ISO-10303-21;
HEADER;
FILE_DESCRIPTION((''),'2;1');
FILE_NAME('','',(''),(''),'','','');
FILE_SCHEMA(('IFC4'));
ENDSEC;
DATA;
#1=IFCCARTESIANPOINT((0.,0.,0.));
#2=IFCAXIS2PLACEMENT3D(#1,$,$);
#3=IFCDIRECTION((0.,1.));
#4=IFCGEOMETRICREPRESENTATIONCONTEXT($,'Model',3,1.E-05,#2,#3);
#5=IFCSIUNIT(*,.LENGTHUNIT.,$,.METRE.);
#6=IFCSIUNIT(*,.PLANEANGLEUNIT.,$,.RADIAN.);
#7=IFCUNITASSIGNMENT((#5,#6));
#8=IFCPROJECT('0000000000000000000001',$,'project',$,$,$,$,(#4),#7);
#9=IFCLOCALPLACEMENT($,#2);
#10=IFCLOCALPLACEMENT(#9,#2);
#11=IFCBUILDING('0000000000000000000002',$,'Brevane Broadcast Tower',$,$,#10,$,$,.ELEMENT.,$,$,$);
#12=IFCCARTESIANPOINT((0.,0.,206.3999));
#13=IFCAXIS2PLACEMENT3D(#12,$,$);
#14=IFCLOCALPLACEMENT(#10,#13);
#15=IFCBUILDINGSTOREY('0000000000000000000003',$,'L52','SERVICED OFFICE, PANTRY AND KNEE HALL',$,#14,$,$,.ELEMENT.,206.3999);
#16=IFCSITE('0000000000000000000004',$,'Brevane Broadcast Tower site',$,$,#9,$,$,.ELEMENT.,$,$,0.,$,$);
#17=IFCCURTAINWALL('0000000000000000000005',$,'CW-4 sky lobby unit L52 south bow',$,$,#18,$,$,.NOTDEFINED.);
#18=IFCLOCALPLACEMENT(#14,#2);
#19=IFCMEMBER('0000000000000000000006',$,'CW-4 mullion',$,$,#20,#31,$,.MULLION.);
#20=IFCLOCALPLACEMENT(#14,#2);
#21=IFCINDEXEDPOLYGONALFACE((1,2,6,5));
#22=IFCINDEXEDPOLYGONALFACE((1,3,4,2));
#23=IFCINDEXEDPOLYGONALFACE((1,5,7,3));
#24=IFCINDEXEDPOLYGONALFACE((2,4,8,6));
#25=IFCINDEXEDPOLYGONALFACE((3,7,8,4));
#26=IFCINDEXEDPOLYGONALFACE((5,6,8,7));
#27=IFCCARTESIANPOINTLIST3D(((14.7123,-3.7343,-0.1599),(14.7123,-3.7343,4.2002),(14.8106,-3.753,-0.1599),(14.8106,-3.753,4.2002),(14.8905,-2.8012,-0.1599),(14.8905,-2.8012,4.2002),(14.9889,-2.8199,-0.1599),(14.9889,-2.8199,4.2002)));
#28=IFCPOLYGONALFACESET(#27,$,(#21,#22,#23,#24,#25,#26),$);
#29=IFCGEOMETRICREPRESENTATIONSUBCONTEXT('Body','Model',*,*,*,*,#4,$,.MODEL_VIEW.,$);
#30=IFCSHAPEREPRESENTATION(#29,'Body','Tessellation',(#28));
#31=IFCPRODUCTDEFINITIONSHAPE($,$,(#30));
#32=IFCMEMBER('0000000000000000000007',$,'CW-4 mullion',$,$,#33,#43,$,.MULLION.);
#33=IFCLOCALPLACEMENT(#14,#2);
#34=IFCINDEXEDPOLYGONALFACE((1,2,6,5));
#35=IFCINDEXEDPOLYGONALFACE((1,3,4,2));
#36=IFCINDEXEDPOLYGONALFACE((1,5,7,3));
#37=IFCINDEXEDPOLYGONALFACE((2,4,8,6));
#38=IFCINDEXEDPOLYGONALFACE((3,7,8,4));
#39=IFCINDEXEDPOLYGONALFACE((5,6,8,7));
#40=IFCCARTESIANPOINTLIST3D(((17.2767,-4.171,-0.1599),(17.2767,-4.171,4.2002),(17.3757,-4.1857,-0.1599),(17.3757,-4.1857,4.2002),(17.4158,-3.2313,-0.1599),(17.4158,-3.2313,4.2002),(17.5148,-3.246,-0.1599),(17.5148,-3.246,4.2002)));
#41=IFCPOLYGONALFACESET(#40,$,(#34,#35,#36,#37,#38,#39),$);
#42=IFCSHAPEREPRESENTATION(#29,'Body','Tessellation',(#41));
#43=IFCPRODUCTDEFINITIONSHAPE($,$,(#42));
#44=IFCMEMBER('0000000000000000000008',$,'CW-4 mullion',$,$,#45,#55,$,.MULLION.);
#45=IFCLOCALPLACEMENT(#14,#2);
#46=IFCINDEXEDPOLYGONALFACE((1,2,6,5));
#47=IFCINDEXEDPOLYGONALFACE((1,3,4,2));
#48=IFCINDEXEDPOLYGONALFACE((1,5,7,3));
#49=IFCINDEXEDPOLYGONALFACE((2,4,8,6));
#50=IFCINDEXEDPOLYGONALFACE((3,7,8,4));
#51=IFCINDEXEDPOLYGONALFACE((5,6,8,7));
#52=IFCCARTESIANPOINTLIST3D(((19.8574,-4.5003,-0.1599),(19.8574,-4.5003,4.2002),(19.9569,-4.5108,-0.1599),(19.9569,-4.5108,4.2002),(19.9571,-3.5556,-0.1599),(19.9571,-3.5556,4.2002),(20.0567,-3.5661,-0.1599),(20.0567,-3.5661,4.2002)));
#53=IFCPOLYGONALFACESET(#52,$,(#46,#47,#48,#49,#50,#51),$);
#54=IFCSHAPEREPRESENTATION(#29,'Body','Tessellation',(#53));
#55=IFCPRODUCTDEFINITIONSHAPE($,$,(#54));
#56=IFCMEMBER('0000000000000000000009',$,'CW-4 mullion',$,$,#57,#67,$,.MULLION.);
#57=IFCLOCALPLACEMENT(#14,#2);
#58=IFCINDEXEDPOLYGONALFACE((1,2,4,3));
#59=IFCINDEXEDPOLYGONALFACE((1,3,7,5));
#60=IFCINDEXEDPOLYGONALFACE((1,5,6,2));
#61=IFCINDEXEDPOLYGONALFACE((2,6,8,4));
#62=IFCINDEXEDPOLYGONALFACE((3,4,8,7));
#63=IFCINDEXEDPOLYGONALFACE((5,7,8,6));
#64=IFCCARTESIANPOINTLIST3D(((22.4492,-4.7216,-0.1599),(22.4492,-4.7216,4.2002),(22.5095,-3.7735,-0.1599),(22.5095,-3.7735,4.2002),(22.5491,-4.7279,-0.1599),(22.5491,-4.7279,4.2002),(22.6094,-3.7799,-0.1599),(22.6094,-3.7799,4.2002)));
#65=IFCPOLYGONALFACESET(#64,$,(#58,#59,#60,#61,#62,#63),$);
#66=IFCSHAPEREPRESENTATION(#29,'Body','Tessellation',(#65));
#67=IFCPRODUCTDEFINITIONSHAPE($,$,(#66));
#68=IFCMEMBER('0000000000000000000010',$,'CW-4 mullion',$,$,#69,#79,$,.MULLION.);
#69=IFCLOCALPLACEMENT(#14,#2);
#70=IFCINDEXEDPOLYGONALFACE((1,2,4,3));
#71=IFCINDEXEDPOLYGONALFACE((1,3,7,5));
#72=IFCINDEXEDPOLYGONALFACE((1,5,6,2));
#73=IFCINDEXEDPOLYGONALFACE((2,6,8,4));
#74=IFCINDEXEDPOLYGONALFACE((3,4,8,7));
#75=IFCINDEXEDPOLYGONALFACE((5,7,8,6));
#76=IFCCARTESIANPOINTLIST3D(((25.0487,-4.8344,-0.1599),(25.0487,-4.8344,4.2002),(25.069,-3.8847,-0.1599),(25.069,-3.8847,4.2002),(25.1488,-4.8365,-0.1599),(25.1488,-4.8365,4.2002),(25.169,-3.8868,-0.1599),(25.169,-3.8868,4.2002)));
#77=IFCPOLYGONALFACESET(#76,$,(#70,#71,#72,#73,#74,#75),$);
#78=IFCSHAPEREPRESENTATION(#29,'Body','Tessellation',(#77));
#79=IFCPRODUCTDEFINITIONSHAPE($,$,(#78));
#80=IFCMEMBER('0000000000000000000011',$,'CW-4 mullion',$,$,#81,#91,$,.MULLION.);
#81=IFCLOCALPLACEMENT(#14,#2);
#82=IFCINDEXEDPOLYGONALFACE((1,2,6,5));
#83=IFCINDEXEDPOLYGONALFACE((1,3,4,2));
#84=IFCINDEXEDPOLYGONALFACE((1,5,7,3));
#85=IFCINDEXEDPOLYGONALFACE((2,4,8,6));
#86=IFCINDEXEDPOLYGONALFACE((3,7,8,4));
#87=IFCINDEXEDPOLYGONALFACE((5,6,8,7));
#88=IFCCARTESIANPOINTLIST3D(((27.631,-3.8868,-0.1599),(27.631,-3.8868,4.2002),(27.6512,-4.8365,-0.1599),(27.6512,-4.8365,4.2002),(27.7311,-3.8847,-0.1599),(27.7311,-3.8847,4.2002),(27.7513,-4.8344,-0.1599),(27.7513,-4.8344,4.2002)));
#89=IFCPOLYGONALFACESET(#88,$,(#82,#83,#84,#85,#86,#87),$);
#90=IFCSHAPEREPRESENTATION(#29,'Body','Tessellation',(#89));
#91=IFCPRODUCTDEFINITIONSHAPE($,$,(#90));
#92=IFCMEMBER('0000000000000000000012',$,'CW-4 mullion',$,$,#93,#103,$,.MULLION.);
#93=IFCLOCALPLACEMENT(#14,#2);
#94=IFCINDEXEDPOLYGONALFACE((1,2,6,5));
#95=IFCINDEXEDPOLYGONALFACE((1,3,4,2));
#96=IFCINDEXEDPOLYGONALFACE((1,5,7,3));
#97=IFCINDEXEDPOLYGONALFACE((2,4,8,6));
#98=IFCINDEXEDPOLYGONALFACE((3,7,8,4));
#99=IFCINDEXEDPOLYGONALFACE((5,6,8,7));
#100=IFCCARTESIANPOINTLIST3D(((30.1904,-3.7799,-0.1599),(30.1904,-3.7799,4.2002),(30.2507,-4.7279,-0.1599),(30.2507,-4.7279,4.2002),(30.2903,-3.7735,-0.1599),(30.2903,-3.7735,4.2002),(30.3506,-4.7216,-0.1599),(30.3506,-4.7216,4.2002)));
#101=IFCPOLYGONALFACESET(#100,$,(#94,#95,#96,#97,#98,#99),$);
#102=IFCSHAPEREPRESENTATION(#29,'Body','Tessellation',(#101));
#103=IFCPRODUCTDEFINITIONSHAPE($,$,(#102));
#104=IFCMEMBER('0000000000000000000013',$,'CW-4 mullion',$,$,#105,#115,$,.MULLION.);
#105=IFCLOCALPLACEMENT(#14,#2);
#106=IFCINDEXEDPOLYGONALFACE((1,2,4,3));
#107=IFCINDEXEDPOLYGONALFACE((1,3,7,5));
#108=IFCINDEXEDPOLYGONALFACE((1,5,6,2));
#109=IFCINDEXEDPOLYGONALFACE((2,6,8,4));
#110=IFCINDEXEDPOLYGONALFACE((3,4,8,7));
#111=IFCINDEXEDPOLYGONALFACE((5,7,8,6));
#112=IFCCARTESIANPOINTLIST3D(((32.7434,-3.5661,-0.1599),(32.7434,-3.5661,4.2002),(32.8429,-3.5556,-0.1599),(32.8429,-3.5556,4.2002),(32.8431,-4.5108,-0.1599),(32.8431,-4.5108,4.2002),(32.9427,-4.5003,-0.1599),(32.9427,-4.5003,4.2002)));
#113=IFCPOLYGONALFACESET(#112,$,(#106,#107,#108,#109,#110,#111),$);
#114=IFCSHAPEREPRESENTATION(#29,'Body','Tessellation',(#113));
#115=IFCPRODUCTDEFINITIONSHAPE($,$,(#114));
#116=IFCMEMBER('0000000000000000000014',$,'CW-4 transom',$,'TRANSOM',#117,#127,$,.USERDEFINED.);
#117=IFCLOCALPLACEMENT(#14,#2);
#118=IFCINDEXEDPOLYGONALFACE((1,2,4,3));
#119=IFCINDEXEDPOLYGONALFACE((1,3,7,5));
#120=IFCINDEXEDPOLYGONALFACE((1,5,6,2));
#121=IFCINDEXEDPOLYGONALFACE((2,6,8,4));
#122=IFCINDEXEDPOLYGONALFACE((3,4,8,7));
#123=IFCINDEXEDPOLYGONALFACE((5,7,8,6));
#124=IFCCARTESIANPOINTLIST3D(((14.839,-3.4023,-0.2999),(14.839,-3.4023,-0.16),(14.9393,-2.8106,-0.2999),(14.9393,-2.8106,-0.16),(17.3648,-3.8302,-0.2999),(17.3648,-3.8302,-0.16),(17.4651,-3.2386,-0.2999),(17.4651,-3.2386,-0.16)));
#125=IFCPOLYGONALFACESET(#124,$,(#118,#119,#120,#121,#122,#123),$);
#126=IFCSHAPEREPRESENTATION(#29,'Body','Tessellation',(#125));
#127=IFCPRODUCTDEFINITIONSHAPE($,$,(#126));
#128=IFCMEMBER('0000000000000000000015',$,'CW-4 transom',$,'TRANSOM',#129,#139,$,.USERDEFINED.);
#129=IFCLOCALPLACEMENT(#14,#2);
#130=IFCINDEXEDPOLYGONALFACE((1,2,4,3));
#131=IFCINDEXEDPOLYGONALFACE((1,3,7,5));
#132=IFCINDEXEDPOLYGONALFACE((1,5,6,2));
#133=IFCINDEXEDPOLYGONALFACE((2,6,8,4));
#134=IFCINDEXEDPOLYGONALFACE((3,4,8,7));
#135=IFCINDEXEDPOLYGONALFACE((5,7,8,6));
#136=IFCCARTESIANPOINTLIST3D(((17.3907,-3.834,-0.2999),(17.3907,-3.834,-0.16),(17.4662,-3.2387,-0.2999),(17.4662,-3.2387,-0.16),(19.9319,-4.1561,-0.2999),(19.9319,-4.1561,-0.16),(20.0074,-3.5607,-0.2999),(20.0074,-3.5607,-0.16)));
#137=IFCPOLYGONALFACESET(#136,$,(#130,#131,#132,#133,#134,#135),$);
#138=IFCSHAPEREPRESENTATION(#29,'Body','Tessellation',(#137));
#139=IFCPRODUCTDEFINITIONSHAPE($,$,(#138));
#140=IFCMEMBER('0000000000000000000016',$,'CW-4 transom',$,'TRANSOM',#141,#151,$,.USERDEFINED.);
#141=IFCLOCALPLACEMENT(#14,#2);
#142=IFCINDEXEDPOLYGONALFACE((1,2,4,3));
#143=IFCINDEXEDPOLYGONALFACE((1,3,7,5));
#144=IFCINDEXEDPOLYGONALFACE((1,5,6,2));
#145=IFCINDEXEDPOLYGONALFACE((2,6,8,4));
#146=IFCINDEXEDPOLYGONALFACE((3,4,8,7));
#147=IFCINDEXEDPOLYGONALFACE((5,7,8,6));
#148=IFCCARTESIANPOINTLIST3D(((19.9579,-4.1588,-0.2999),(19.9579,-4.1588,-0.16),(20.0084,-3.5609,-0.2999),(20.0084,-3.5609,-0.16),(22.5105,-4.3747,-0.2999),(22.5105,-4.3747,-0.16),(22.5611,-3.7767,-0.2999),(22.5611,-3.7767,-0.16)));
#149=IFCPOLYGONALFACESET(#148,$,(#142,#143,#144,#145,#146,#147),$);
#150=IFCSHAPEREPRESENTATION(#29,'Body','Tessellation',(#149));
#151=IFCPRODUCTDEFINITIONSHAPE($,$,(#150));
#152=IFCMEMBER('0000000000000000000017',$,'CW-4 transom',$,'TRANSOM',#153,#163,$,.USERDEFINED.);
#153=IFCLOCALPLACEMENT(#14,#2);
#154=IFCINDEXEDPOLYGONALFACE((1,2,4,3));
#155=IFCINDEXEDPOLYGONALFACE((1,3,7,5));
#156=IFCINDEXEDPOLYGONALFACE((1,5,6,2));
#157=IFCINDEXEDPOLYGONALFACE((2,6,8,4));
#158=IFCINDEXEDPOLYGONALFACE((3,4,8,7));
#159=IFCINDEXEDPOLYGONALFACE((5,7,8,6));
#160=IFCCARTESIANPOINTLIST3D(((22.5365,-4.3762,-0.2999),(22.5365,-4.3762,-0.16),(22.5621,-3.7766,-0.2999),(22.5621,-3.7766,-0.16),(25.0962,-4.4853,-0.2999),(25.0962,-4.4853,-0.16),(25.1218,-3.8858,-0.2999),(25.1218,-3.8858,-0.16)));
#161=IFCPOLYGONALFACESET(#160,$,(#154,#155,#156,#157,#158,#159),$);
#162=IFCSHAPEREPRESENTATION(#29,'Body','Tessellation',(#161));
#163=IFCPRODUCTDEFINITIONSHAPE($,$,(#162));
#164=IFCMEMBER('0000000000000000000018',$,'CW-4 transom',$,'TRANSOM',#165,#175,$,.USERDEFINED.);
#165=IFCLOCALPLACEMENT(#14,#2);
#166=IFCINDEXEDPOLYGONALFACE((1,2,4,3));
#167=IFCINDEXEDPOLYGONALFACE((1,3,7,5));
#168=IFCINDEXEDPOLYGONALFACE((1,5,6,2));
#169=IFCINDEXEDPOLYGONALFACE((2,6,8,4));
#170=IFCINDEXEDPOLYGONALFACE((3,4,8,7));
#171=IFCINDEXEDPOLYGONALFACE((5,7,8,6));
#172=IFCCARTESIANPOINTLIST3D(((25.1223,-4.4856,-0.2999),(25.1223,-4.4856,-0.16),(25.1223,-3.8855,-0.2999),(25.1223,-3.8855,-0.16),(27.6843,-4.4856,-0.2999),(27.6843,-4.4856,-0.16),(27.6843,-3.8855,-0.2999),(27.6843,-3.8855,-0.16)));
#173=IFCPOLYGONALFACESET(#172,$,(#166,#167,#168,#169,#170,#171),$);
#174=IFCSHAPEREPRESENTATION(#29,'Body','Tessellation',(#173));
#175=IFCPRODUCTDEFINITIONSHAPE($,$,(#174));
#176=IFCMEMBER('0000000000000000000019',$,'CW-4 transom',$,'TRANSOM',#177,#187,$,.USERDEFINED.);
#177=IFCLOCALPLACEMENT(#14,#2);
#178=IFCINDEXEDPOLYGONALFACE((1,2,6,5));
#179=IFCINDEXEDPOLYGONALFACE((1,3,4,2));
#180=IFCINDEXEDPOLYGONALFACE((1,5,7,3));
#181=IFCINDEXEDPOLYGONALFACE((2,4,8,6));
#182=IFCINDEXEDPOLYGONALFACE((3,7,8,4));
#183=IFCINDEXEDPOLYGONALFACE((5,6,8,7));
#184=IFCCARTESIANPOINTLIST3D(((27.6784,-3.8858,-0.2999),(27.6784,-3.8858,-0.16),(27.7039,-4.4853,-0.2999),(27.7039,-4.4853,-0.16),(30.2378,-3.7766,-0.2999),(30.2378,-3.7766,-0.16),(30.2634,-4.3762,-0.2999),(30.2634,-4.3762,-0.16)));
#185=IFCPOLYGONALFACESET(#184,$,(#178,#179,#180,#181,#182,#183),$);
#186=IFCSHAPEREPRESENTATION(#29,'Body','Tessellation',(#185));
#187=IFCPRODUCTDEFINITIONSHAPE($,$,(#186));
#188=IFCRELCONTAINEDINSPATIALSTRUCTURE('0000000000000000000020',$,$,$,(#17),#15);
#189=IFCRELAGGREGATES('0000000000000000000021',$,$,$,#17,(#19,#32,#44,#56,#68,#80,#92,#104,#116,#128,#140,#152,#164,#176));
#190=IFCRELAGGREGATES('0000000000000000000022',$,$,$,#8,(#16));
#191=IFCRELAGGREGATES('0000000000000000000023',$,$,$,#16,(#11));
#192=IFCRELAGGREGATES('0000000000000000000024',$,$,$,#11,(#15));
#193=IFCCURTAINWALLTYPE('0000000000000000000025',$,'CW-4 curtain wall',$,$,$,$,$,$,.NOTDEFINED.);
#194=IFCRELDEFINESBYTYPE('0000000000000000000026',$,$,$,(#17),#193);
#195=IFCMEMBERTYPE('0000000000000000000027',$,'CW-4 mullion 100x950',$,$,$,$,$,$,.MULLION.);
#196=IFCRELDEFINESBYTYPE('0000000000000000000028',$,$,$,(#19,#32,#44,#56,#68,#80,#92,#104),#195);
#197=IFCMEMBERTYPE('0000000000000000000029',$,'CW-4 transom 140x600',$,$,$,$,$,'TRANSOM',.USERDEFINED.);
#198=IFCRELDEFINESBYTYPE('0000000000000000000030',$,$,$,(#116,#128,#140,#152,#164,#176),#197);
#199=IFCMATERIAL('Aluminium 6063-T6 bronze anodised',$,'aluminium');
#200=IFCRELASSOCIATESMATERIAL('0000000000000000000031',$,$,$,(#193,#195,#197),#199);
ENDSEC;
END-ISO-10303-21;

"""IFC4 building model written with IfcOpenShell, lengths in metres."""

from ifc_helpers import new_model, si_unit, direction, frame, origin, origin_2d, place, context, subcontext, project, spatial, rectangle, extrude, material, material_profile, profile_set, type_object, element, aggregate, save


model = new_model("IFC4")

# Units and contexts
model_context = context("Model", 3, precision=1e-05, world=origin(), true_north=direction((0.0, 1.0)))
body_context = subcontext(model_context, "Body", "Model", "MODEL_VIEW")
ifc_project = project(units=[si_unit("LENGTHUNIT", "METRE"), si_unit("PLANEANGLEUNIT", "RADIAN")], contexts=[model_context])

# Site, building, storey
site_placement = place(None, origin())
site = spatial("IfcSite", under=ifc_project, at=site_placement, Name="Brevane Broadcast Tower site", CompositionType="ELEMENT", RefElevation=0.0)
building_placement = place(site_placement, origin())
building = spatial("IfcBuilding", under=site, at=building_placement, Name="Brevane Broadcast Tower", CompositionType="ELEMENT")
storey_placement = place(building_placement, frame((0.0, 0.0, 206.3999)))
storey = spatial("IfcBuildingStorey", under=building, at=storey_placement, Name="L52", Description="SERVICED OFFICE, PANTRY AND KNEE HALL", CompositionType="ELEMENT", Elevation=206.3999)

# Curtain wall, members
ifc_material_1 = material(Name="Aluminium 6063-T6 bronze anodised", Category="aluminium")
curtain_wall_type = type_object("IfcCurtainWallType", Name="CW-4 curtain wall", PredefinedType="NOTDEFINED", material=ifc_material_1)
curtain_wall_placement = place(storey_placement, origin())
curtain_wall = element("IfcCurtainWall", 1, at=curtain_wall_placement, inside=storey, type_object=curtain_wall_type, Name="CW-4 sky lobby unit L52 south bow", PredefinedType="NOTDEFINED")
ifc_material_profile_1 = material_profile(ifc_material_1, rectangle(XDim=0.95, YDim=0.1001, at=origin_2d()), Name="RECT 100x950")
ifc_profile_set_1 = profile_set([ifc_material_profile_1], Name="Aluminium 6063-T6 bronze anodised")
member_type_1 = type_object("IfcMemberType", Name="CW-4 mullion 100x950", PredefinedType="MULLION", material=ifc_profile_set_1)
member_1_placement = place(storey_placement, frame((14.8506, -3.2771, -0.1599), z_axis=(0.0, 0.0, 1.0), x_axis=(0.187621, 0.982242, 0.0)))
member_1 = element("IfcMember", 2, at=member_1_placement, type_object=member_type_1, Name="CW-4 mullion", PredefinedType="MULLION", context=body_context, shape_type="SweptSolid", body=[
    extrude(rectangle(XDim=0.95, YDim=0.1001, at=origin_2d()), origin(), (0.0, 0.0, 1.0), 4.3601),
])
member_2_placement = place(storey_placement, frame((17.3958, -3.7085, -0.1599), z_axis=(0.0, 0.0, 1.0), x_axis=(0.146447, 0.989218, 0.0)))
member_2 = element("IfcMember", 3, at=member_2_placement, type_object=member_type_1, Name="CW-4 mullion", PredefinedType="MULLION", context=body_context, shape_type="SweptSolid", body=[
    extrude(rectangle(XDim=0.95, YDim=0.1001, at=origin_2d()), origin(), (0.0, 0.0, 1.0), 4.3601),
])
member_3_placement = place(storey_placement, frame((19.957, -4.0332, -0.1599), z_axis=(0.0, 0.0, 1.0), x_axis=(0.105018, 0.99447, 0.0)))
member_3 = element("IfcMember", 4, at=member_3_placement, type_object=member_type_1, Name="CW-4 mullion", PredefinedType="MULLION", context=body_context, shape_type="SweptSolid", body=[
    extrude(rectangle(XDim=0.95, YDim=0.1001, at=origin_2d()), origin(), (0.0, 0.0, 1.0), 4.3601),
])
member_4_placement = place(storey_placement, frame((22.5293, -4.2507, -0.1599), z_axis=(0.0, 0.0, 1.0), x_axis=(0.063406, 0.997988, 0.0)))
member_4 = element("IfcMember", 5, at=member_4_placement, type_object=member_type_1, Name="CW-4 mullion", PredefinedType="MULLION", context=body_context, shape_type="SweptSolid", body=[
    extrude(rectangle(XDim=0.95, YDim=0.1001, at=origin_2d()), origin(), (0.0, 0.0, 1.0), 4.3601),
])
member_5_placement = place(storey_placement, frame((25.1089, -4.3606, -0.1599), z_axis=(0.0, 0.0, 1.0), x_axis=(0.021282, 0.999774, 0.0)))
member_5 = element("IfcMember", 6, at=member_5_placement, type_object=member_type_1, Name="CW-4 mullion", PredefinedType="MULLION", context=body_context, shape_type="SweptSolid", body=[
    extrude(rectangle(XDim=0.95, YDim=0.1001, at=origin_2d()), origin(), (0.0, 0.0, 1.0), 4.3601),
])
member_6_placement = place(storey_placement, frame((27.6912, -4.3606, -0.1599), z_axis=(0.0, 0.0, 1.0), x_axis=(-0.021282, 0.999774, 0.0)))
member_6 = element("IfcMember", 7, at=member_6_placement, type_object=member_type_1, Name="CW-4 mullion", PredefinedType="MULLION", context=body_context, shape_type="SweptSolid", body=[
    extrude(rectangle(XDim=0.95, YDim=0.1001, at=origin_2d()), origin(), (0.0, 0.0, 1.0), 4.3601),
])
member_7_placement = place(storey_placement, frame((30.2705, -4.2507, -0.1599), z_axis=(0.0, 0.0, 1.0), x_axis=(-0.063406, 0.997988, 0.0)))
member_7 = element("IfcMember", 8, at=member_7_placement, type_object=member_type_1, Name="CW-4 mullion", PredefinedType="MULLION", context=body_context, shape_type="SweptSolid", body=[
    extrude(rectangle(XDim=0.95, YDim=0.1001, at=origin_2d()), origin(), (0.0, 0.0, 1.0), 4.3601),
])
member_8_placement = place(storey_placement, frame((32.843, -4.0332, -0.1599), z_axis=(0.0, 0.0, 1.0), x_axis=(-0.105018, 0.99447, 0.0)))
member_8 = element("IfcMember", 9, at=member_8_placement, type_object=member_type_1, Name="CW-4 mullion", PredefinedType="MULLION", context=body_context, shape_type="SweptSolid", body=[
    extrude(rectangle(XDim=0.95, YDim=0.1001, at=origin_2d()), origin(), (0.0, 0.0, 1.0), 4.3601),
])
ifc_material_profile_2 = material_profile(ifc_material_1, rectangle(XDim=0.6001, YDim=0.1399, at=origin_2d()), Name="RECT 140x600")
ifc_profile_set_2 = profile_set([ifc_material_profile_2], Name="Aluminium 6063-T6 bronze anodised")
member_type_2 = type_object("IfcMemberType", Name="CW-4 transom 140x600", ElementType="TRANSOM", PredefinedType="USERDEFINED", material=ifc_profile_set_2)
member_9_placement = place(storey_placement, frame((14.8892, -3.1064, -0.23), z_axis=(0.985947, -0.167056, 0.0), x_axis=(0.167056, 0.985947, 0.0)))
member_9 = element("IfcMember", 10, at=member_9_placement, type_object=member_type_2, Name="CW-4 transom", ObjectType="TRANSOM", PredefinedType="USERDEFINED", context=body_context, shape_type="SweptSolid", body=[
    extrude(rectangle(XDim=0.6001, YDim=0.1399, at=origin_2d()), origin(), (0.0, 0.0, 1.0), 2.5618),
])
member_10_placement = place(storey_placement, frame((17.4285, -3.5364, -0.23), z_axis=(0.992067, -0.125712, 0.0), x_axis=(0.125712, 0.992067, 0.0)))
member_10 = element("IfcMember", 11, at=member_10_placement, type_object=member_type_2, Name="CW-4 transom", ObjectType="TRANSOM", PredefinedType="USERDEFINED", context=body_context, shape_type="SweptSolid", body=[
    extrude(rectangle(XDim=0.6001, YDim=0.1399, at=origin_2d()), origin(), (0.0, 0.0, 1.0), 2.5615),
])
member_11_placement = place(storey_placement, frame((19.9832, -3.8599, -0.23), z_axis=(0.996445, -0.084244, 0.0), x_axis=(0.084244, 0.996445, 0.0)))
member_11 = element("IfcMember", 12, at=member_11_placement, type_object=member_type_2, Name="CW-4 transom", ObjectType="TRANSOM", PredefinedType="USERDEFINED", context=body_context, shape_type="SweptSolid", body=[
    extrude(rectangle(XDim=0.6001, YDim=0.1399, at=origin_2d()), origin(), (0.0, 0.0, 1.0), 2.5618),
])
member_12_placement = place(storey_placement, frame((22.5493, -4.0764, -0.23), z_axis=(0.999092, -0.042598, 0.0), x_axis=(0.042598, 0.999092, 0.0)))
member_12 = element("IfcMember", 13, at=member_12_placement, type_object=member_type_2, Name="CW-4 transom", ObjectType="TRANSOM", PredefinedType="USERDEFINED", context=body_context, shape_type="SweptSolid", body=[
    extrude(rectangle(XDim=0.6001, YDim=0.1399, at=origin_2d()), origin(), (0.0, 0.0, 1.0), 2.562),
])
member_13_placement = place(storey_placement, frame((25.1223, -4.1855, -0.23), z_axis=(1.0, 0.0, 0.0), x_axis=(0.0, 1.0, 0.0)))
member_13 = element("IfcMember", 14, at=member_13_placement, type_object=member_type_2, Name="CW-4 transom", ObjectType="TRANSOM", PredefinedType="USERDEFINED", context=body_context, shape_type="SweptSolid", body=[
    extrude(rectangle(XDim=0.6001, YDim=0.1399, at=origin_2d()), origin(), (0.0, 0.0, 1.0), 2.562),
])
member_14_placement = place(storey_placement, frame((27.6912, -4.1855, -0.23), z_axis=(0.999092, 0.042602, 0.0), x_axis=(-0.042602, 0.999092, 0.0)))
member_14 = element("IfcMember", 15, at=member_14_placement, type_object=member_type_2, Name="CW-4 transom", ObjectType="TRANSOM", PredefinedType="USERDEFINED", context=body_context, shape_type="SweptSolid", body=[
    extrude(rectangle(XDim=0.6001, YDim=0.1399, at=origin_2d()), origin(), (0.0, 0.0, 1.0), 2.5618),
])
aggregate(curtain_wall, [member_1, member_2, member_3, member_4, member_5, member_6, member_7, member_8, member_9, member_10, member_11, member_12, member_13, member_14])

save(model, "model.ifc")
